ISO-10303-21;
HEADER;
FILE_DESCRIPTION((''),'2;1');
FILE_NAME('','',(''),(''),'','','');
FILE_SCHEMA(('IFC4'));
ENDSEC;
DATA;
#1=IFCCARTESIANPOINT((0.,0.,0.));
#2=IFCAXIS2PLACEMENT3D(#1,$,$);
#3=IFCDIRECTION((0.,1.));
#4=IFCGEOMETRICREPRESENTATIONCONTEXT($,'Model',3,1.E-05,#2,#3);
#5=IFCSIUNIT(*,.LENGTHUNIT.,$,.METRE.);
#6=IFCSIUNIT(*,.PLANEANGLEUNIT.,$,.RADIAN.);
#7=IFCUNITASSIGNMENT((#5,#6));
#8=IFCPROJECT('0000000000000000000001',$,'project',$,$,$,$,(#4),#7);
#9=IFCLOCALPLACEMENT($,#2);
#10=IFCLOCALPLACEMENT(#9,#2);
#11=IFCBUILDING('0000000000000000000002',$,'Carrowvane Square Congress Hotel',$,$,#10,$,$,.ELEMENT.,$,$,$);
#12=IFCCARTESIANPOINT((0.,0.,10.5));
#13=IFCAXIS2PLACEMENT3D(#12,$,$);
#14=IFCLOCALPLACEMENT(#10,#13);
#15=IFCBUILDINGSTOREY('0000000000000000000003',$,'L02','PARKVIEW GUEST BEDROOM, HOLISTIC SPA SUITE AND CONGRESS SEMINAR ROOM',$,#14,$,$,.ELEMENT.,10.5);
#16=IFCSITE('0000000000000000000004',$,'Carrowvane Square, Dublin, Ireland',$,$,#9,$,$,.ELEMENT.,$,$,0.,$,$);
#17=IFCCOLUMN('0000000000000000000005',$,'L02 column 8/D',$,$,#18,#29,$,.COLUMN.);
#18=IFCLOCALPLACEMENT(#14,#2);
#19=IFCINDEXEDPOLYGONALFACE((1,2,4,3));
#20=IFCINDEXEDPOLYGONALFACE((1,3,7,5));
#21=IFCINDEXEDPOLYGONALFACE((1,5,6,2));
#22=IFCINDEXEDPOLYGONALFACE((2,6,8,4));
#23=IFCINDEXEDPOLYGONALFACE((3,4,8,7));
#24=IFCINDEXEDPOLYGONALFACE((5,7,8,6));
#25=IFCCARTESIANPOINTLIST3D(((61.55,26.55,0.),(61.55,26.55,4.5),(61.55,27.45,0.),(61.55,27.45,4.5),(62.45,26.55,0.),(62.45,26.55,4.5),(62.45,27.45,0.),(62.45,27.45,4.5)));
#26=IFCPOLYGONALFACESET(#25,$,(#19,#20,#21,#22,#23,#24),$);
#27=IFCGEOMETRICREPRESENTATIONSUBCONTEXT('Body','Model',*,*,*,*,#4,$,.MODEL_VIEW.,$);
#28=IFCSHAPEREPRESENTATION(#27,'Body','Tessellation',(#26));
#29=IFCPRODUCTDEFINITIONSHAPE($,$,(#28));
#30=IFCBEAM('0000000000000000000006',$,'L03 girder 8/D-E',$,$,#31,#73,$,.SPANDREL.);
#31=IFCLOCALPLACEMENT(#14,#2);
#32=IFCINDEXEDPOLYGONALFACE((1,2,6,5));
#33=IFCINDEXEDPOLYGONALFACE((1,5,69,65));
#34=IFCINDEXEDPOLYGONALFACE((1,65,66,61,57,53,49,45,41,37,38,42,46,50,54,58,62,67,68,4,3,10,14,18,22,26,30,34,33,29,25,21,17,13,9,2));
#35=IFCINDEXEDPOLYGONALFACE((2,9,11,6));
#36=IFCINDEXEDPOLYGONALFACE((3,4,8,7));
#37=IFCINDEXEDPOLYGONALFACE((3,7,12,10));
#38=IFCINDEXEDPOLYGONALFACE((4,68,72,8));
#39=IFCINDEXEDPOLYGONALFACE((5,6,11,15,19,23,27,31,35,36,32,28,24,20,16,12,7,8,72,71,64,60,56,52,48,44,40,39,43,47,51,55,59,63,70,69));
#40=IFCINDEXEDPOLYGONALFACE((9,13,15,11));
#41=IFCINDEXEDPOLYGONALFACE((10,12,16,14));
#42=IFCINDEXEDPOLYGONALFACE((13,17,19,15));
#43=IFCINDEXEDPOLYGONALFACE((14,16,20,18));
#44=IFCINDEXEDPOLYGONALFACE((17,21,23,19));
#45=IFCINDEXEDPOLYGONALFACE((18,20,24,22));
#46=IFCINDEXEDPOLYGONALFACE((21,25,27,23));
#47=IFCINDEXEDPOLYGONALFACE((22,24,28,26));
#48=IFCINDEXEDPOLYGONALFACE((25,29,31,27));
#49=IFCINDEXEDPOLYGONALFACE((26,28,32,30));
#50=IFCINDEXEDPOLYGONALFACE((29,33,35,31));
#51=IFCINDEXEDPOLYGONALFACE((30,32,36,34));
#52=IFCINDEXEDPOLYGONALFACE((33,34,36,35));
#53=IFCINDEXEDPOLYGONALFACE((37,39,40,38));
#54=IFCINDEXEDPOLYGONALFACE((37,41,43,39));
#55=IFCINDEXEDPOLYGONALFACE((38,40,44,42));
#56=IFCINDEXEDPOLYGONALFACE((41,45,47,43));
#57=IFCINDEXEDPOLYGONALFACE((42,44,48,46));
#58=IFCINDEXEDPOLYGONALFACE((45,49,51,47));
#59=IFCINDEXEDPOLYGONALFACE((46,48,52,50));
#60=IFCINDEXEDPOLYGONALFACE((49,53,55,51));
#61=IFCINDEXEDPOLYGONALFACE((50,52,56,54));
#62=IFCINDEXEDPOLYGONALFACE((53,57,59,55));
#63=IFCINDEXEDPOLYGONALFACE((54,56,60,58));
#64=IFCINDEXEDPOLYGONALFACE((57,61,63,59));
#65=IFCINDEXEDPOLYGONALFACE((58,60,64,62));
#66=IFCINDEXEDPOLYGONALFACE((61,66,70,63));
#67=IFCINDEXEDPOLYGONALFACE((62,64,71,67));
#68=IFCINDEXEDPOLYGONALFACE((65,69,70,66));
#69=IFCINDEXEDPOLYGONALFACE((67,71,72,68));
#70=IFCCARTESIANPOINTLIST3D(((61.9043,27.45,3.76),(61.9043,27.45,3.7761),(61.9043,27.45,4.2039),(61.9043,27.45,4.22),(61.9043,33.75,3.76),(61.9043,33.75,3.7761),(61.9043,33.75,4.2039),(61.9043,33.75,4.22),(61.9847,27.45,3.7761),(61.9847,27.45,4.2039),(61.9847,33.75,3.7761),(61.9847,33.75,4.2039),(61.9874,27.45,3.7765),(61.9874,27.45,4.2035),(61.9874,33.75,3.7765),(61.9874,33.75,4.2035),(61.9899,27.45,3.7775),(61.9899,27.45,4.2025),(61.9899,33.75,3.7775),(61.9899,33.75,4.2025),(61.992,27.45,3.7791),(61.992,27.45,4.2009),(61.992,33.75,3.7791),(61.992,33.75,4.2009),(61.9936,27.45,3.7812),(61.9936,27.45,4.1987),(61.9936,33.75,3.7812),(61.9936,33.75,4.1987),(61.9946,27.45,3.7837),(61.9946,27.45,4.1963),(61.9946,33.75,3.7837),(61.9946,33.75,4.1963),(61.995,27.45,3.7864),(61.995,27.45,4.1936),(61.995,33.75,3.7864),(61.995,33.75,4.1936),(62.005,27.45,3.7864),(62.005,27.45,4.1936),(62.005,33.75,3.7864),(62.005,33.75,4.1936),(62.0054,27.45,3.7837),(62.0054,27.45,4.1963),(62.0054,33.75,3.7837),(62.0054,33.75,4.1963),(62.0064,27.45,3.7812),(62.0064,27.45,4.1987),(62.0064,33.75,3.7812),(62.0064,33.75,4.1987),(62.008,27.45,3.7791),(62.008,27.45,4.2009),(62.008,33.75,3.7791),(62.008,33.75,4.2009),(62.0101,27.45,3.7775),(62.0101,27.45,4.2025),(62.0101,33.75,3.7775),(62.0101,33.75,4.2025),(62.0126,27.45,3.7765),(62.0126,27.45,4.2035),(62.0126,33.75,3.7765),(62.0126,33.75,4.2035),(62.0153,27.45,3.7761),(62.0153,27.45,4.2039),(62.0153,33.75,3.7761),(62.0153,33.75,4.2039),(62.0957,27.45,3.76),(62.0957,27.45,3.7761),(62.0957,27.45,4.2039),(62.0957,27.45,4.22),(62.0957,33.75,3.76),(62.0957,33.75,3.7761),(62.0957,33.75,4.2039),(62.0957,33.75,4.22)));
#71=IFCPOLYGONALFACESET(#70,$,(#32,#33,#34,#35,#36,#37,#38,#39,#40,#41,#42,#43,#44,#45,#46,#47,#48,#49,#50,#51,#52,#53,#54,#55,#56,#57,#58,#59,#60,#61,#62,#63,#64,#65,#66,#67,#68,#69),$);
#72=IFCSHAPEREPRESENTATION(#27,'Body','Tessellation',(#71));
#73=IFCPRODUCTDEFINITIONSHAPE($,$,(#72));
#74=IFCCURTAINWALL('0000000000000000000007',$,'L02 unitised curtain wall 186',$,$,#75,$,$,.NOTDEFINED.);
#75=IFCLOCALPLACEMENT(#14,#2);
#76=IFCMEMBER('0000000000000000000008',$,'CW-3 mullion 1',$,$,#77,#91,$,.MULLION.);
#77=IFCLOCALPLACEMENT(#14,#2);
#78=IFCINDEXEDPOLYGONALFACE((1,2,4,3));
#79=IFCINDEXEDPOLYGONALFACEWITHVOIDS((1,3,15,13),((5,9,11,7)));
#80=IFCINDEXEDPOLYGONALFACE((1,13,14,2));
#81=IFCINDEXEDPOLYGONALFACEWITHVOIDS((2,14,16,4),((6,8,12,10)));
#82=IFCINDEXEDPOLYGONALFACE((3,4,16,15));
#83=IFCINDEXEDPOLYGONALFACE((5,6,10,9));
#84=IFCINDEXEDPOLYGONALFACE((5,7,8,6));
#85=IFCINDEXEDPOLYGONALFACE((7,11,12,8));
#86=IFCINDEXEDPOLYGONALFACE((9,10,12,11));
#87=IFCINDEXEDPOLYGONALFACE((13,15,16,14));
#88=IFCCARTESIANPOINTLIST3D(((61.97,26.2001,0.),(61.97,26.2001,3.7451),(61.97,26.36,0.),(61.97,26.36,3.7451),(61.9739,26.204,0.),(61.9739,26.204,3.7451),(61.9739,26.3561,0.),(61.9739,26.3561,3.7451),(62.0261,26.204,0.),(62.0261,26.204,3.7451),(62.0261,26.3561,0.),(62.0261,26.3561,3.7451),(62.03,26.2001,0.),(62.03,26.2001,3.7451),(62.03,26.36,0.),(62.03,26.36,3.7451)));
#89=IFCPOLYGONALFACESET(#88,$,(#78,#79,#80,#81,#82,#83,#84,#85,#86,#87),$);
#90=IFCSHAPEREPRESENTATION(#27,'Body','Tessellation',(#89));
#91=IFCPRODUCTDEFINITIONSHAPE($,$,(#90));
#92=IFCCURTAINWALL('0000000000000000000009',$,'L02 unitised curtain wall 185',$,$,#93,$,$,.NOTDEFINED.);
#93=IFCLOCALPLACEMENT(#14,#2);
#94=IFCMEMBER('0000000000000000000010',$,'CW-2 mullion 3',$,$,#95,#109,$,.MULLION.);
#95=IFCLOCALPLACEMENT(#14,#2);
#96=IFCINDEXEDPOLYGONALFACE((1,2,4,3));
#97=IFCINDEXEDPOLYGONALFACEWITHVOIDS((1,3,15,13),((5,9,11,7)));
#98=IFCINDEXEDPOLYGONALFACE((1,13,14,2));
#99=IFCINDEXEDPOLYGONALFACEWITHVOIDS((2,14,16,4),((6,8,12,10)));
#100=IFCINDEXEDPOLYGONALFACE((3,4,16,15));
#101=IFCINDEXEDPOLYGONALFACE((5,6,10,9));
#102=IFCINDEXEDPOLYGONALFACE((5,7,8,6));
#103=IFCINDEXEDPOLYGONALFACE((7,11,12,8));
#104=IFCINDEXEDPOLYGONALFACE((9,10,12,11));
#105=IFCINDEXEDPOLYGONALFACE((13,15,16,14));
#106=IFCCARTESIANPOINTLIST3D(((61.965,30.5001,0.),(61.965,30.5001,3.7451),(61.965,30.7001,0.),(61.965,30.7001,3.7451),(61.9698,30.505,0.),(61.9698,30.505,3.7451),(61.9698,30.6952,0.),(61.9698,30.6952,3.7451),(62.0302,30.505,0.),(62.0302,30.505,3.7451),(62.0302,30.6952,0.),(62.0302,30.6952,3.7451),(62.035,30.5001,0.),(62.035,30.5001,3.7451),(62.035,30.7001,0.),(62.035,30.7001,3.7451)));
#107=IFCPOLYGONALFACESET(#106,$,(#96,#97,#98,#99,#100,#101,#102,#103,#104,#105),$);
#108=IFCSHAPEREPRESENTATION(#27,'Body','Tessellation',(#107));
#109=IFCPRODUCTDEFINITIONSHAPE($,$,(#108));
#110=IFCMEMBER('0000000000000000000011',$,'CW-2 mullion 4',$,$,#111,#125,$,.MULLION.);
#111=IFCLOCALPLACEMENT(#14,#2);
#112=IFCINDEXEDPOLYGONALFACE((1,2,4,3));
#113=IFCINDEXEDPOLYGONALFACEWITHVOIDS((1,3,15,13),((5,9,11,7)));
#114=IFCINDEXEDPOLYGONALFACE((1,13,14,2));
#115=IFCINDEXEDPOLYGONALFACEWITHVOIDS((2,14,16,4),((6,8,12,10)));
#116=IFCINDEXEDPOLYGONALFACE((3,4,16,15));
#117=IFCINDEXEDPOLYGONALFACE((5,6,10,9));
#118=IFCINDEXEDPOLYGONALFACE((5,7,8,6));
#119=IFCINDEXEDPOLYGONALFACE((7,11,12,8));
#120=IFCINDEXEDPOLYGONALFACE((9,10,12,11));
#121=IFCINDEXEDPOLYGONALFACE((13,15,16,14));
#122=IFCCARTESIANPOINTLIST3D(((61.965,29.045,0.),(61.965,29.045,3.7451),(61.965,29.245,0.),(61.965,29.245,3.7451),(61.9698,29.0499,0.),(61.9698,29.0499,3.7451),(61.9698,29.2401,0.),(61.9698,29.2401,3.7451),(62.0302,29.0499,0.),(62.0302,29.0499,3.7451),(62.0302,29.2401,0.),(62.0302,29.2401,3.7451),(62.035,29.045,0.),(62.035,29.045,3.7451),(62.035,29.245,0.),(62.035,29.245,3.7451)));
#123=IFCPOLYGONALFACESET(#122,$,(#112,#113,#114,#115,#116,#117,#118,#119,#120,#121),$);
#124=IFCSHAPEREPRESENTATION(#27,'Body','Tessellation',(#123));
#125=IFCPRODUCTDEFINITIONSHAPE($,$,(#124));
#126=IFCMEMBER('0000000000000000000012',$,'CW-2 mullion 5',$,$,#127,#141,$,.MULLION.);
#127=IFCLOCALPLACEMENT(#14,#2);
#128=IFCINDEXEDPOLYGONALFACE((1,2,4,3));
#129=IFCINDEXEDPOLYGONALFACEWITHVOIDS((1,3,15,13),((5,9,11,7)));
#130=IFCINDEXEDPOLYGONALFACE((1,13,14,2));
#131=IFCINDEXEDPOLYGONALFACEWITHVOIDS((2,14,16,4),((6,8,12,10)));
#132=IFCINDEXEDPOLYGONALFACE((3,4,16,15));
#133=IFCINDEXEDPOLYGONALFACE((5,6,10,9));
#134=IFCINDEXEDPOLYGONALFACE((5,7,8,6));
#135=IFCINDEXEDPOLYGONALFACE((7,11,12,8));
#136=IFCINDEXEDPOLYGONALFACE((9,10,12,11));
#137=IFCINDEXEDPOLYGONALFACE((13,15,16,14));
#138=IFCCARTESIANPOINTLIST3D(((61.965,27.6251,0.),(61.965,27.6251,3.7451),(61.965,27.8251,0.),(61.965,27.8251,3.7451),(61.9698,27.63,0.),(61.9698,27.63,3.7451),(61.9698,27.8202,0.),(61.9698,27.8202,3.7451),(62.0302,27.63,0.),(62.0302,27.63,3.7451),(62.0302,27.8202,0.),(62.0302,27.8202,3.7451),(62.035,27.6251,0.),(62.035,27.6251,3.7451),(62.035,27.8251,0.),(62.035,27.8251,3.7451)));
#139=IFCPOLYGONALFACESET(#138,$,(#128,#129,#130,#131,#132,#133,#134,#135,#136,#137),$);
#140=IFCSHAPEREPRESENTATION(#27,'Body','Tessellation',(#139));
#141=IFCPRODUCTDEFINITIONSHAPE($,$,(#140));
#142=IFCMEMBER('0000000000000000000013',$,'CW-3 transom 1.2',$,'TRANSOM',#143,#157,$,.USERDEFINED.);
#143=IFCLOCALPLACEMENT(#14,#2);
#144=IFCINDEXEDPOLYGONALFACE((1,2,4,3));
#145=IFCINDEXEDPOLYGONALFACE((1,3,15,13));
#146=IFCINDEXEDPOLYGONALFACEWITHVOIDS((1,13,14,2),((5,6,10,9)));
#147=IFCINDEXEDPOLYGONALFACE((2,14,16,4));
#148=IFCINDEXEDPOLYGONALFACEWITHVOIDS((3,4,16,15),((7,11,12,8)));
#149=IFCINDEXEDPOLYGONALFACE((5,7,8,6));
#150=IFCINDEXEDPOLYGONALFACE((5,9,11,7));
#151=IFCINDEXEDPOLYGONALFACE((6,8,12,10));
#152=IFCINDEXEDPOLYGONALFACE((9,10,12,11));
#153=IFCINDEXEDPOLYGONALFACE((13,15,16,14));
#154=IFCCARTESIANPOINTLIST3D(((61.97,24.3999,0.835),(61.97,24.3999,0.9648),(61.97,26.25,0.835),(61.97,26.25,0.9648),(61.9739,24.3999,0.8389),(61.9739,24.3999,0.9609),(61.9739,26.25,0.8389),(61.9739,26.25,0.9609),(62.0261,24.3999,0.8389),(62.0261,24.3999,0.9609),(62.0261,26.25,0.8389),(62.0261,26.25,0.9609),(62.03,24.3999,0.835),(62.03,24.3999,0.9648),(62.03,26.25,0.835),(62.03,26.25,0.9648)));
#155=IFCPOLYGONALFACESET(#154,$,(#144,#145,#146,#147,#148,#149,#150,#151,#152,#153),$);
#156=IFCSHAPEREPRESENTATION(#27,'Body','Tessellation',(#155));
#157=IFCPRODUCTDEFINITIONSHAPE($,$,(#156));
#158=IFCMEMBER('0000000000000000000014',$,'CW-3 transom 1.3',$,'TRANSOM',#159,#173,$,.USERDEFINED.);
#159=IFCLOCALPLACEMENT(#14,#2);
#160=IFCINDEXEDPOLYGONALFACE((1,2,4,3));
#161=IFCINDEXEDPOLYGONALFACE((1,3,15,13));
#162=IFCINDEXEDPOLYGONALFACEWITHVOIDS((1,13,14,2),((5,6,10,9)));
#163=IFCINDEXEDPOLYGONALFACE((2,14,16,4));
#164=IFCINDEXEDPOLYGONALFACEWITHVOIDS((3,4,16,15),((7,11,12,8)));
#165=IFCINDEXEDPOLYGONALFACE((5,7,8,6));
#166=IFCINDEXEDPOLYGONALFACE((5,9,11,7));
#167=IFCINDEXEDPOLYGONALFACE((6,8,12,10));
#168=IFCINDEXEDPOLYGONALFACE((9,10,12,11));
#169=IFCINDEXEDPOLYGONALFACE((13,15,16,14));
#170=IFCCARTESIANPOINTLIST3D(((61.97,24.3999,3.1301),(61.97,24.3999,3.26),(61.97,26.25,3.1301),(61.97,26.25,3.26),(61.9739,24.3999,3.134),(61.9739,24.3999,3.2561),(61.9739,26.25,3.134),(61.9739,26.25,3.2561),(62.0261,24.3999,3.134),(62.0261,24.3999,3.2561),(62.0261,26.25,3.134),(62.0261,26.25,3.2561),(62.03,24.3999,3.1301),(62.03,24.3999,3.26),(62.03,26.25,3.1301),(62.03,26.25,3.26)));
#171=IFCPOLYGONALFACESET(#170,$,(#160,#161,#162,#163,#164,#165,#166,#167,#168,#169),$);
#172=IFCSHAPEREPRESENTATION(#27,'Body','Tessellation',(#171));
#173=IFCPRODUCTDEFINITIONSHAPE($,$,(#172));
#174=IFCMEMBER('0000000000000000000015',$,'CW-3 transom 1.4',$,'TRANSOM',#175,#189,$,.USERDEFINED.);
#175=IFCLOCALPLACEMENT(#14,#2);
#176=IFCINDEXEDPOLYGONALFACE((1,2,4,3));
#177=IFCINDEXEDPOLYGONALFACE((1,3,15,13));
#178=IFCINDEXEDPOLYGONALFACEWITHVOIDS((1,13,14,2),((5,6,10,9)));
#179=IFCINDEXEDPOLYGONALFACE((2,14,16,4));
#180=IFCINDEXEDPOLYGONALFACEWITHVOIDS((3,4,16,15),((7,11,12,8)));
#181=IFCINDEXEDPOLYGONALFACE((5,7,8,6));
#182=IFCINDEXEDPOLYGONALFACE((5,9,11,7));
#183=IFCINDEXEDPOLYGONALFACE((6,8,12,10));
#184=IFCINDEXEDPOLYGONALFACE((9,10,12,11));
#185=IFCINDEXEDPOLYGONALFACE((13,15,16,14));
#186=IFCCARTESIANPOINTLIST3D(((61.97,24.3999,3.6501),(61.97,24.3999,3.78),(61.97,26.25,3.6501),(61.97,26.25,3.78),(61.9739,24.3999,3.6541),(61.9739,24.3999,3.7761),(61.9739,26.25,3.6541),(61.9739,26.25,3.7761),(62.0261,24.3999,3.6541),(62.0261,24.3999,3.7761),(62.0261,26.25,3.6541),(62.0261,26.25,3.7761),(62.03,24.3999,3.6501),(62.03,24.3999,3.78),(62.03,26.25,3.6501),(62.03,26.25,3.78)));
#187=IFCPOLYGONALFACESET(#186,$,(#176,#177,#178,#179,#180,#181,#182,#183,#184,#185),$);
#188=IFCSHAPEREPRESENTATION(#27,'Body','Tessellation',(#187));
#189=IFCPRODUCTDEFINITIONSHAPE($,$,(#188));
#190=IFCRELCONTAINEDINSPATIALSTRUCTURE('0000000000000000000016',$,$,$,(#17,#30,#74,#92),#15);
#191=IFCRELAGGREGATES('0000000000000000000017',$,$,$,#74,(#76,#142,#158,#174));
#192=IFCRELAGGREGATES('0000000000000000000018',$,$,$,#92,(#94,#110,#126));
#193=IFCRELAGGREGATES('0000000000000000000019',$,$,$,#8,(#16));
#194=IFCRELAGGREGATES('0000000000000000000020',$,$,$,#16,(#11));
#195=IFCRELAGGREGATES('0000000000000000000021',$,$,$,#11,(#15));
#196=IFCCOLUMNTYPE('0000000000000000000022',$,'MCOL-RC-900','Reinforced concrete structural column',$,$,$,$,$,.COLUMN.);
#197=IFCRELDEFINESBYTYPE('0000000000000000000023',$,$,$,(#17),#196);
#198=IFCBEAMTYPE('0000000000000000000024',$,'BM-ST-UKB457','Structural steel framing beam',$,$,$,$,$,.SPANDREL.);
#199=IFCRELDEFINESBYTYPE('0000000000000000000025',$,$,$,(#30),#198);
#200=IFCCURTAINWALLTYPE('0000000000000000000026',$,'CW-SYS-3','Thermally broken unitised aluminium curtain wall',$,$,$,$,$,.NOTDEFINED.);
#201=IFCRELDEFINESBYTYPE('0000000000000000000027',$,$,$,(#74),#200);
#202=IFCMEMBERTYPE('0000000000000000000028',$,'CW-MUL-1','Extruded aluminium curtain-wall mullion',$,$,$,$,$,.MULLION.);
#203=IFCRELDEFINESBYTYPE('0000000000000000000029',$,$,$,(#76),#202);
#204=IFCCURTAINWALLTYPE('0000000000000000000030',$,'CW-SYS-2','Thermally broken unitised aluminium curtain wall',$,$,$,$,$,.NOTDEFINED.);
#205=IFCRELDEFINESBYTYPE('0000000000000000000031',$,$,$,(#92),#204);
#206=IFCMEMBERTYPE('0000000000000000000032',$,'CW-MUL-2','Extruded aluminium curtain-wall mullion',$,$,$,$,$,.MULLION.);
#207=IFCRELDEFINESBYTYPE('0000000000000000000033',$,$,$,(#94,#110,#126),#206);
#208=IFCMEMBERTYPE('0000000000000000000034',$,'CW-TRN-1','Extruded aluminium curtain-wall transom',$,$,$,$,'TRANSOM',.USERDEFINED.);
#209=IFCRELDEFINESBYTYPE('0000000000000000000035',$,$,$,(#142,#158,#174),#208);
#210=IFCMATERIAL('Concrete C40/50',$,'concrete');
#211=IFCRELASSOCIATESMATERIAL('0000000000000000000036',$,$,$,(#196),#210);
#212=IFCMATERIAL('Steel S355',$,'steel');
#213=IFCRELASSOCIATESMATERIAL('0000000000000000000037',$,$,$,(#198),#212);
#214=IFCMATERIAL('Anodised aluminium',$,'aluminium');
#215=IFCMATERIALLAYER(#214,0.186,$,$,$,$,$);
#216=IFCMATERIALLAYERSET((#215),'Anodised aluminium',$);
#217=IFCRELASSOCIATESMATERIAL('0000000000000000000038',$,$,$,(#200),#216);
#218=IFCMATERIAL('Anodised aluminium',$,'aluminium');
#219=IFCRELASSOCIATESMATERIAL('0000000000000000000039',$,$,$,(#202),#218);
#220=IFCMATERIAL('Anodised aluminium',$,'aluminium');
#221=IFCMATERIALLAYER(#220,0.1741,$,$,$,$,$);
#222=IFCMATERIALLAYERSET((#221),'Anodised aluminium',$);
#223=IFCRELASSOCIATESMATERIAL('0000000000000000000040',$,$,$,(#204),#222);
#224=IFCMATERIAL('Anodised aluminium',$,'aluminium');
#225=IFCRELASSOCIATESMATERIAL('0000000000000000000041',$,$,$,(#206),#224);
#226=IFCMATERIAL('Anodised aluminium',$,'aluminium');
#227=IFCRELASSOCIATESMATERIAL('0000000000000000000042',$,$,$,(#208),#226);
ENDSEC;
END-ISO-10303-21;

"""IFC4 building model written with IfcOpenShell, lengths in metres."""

from ifc_helpers import new_model, si_unit, direction, frame, origin, origin_2d, place, context, subcontext, project, spatial, rectangle, hollow_rectangle, i_section, extrude, material, layer, layer_set, material_profile, profile_set, type_object, element, aggregate, save


model = new_model("IFC4")

# Units and contexts
model_context = context("Model", 3, precision=1e-05, world=origin(), true_north=direction((0.0, 1.0)))
body_context = subcontext(model_context, "Body", "Model", "MODEL_VIEW")
ifc_project = project(units=[si_unit("LENGTHUNIT", "METRE"), si_unit("PLANEANGLEUNIT", "RADIAN")], contexts=[model_context])

# Site, building, storey
site_placement = place(None, origin())
site = spatial("IfcSite", under=ifc_project, at=site_placement, Name="Carrowvane Square, Dublin, Ireland", CompositionType="ELEMENT", RefElevation=0.0)
building_placement = place(site_placement, origin())
building = spatial("IfcBuilding", under=site, at=building_placement, Name="Carrowvane Square Congress Hotel", CompositionType="ELEMENT")
storey_placement = place(building_placement, frame((0.0, 0.0, 10.5)))
storey = spatial("IfcBuildingStorey", under=building, at=storey_placement, Name="L02", Description="PARKVIEW GUEST BEDROOM, HOLISTIC SPA SUITE AND CONGRESS SEMINAR ROOM", CompositionType="ELEMENT", Elevation=10.5)

# Column
ifc_material_1 = material(Name="Concrete C40/50", Category="concrete")
ifc_material_profile_1 = material_profile(ifc_material_1, rectangle(XDim=0.8999, YDim=0.8999, at=origin_2d()), Name="RC 900x900")
ifc_profile_set_1 = profile_set([ifc_material_profile_1], Name="Concrete C40/50")
column_type = type_object("IfcColumnType", Name="MCOL-RC-900", Description="Reinforced concrete structural column", PredefinedType="COLUMN", material=ifc_profile_set_1)
column_placement = place(storey_placement, frame((62.0, 27.0, 0.0), z_axis=(0.0, 0.0, 1.0), x_axis=(1.0, 0.0, 0.0)))
element("IfcColumn", 1, at=column_placement, inside=storey, type_object=column_type, Name="L02 column 8/D", PredefinedType="COLUMN", context=body_context, shape_type="SweptSolid", body=[
    extrude(rectangle(XDim=0.8999, YDim=0.8999, at=origin_2d()), origin(), (0.0, 0.0, 1.0), 4.5),
])

# Beam
ifc_material_2 = material(Name="Steel S355", Category="steel")
ifc_material_profile_2 = material_profile(ifc_material_2, i_section(OverallWidth=0.1914, OverallDepth=0.46, WebThickness=0.01, FlangeThickness=0.0161, FilletRadius=0.0103, at=origin_2d()), Name="UKB 457x191x82")
ifc_profile_set_2 = profile_set([ifc_material_profile_2], Name="Steel S355")
beam_type = type_object("IfcBeamType", Name="BM-ST-UKB457", Description="Structural steel framing beam", PredefinedType="SPANDREL", material=ifc_profile_set_2)
beam_placement = place(storey_placement, frame((62.0, 27.45, 3.99), z_axis=(0.0, 1.0, 0.0), x_axis=(-1.0, 0.0, 0.0)))
element("IfcBeam", 2, at=beam_placement, inside=storey, type_object=beam_type, Name="L03 girder 8/D-E", PredefinedType="SPANDREL", context=body_context, shape_type="SweptSolid", body=[
    extrude(i_section(OverallWidth=0.1914, OverallDepth=0.46, WebThickness=0.01, FlangeThickness=0.0161, FilletRadius=0.0103, at=origin_2d()), origin(), (0.0, 0.0, 1.0), 6.3),
])

# Curtain wall, member
ifc_material_3 = material(Name="Anodised aluminium", Category="aluminium")
ifc_layer_1 = layer(ifc_material_3, 0.186)
ifc_layer_set_1 = layer_set([ifc_layer_1], Name="Anodised aluminium")
curtain_wall_type_1 = type_object("IfcCurtainWallType", Name="CW-SYS-3", Description="Thermally broken unitised aluminium curtain wall", PredefinedType="NOTDEFINED", material=ifc_layer_set_1)
curtain_wall_1_placement = place(storey_placement, origin())
curtain_wall_1 = element("IfcCurtainWall", 3, at=curtain_wall_1_placement, inside=storey, type_object=curtain_wall_type_1, Name="L02 unitised curtain wall 186", PredefinedType="NOTDEFINED")
ifc_material_4 = material(Name="Anodised aluminium", Category="aluminium")
ifc_material_profile_3 = material_profile(ifc_material_4, hollow_rectangle(XDim=0.0601, YDim=0.1599, WallThickness=0.0039, at=origin_2d()), Name="CW-ML 60x160x4")
ifc_profile_set_3 = profile_set([ifc_material_profile_3], Name="Anodised aluminium")
member_type_1 = type_object("IfcMemberType", Name="CW-MUL-1", Description="Extruded aluminium curtain-wall mullion", PredefinedType="MULLION", material=ifc_profile_set_3)
member_1_placement = place(storey_placement, frame((62.0, 26.28, 0.0), z_axis=(0.0, 0.0, 1.0), x_axis=(1.0, 0.0, 0.0)))
member_1 = element("IfcMember", 4, at=member_1_placement, type_object=member_type_1, Name="CW-3 mullion 1", PredefinedType="MULLION", context=body_context, shape_type="SweptSolid", body=[
    extrude(hollow_rectangle(XDim=0.0601, YDim=0.1599, WallThickness=0.0039, at=origin_2d()), origin(), (0.0, 0.0, 1.0), 3.7451),
])

# Curtain wall, members
ifc_material_5 = material(Name="Anodised aluminium", Category="aluminium")
ifc_layer_2 = layer(ifc_material_5, 0.1741)
ifc_layer_set_2 = layer_set([ifc_layer_2], Name="Anodised aluminium")
curtain_wall_type_2 = type_object("IfcCurtainWallType", Name="CW-SYS-2", Description="Thermally broken unitised aluminium curtain wall", PredefinedType="NOTDEFINED", material=ifc_layer_set_2)
curtain_wall_2_placement = place(storey_placement, origin())
curtain_wall_2 = element("IfcCurtainWall", 5, at=curtain_wall_2_placement, inside=storey, type_object=curtain_wall_type_2, Name="L02 unitised curtain wall 185", PredefinedType="NOTDEFINED")
ifc_material_6 = material(Name="Anodised aluminium", Category="aluminium")
ifc_material_profile_4 = material_profile(ifc_material_6, hollow_rectangle(XDim=0.0701, YDim=0.2, WallThickness=0.0049, at=origin_2d()), Name="CW-ML 70x200x5")
ifc_profile_set_4 = profile_set([ifc_material_profile_4], Name="Anodised aluminium")
member_type_2 = type_object("IfcMemberType", Name="CW-MUL-2", Description="Extruded aluminium curtain-wall mullion", PredefinedType="MULLION", material=ifc_profile_set_4)
member_2_placement = place(storey_placement, frame((62.0, 30.6001, 0.0), z_axis=(0.0, 0.0, 1.0), x_axis=(1.0, 0.0, 0.0)))
member_2 = element("IfcMember", 6, at=member_2_placement, type_object=member_type_2, Name="CW-2 mullion 3", PredefinedType="MULLION", context=body_context, shape_type="SweptSolid", body=[
    extrude(hollow_rectangle(XDim=0.0701, YDim=0.2, WallThickness=0.0049, at=origin_2d()), origin(), (0.0, 0.0, 1.0), 3.7451),
])
member_3_placement = place(storey_placement, frame((62.0, 29.145, 0.0), z_axis=(0.0, 0.0, 1.0), x_axis=(1.0, 0.0, 0.0)))
member_3 = element("IfcMember", 7, at=member_3_placement, type_object=member_type_2, Name="CW-2 mullion 4", PredefinedType="MULLION", context=body_context, shape_type="SweptSolid", body=[
    extrude(hollow_rectangle(XDim=0.0701, YDim=0.2, WallThickness=0.0049, at=origin_2d()), origin(), (0.0, 0.0, 1.0), 3.7451),
])
member_4_placement = place(storey_placement, frame((62.0, 27.7251, 0.0), z_axis=(0.0, 0.0, 1.0), x_axis=(1.0, 0.0, 0.0)))
member_4 = element("IfcMember", 8, at=member_4_placement, type_object=member_type_2, Name="CW-2 mullion 5", PredefinedType="MULLION", context=body_context, shape_type="SweptSolid", body=[
    extrude(hollow_rectangle(XDim=0.0701, YDim=0.2, WallThickness=0.0049, at=origin_2d()), origin(), (0.0, 0.0, 1.0), 3.7451),
])

# Members
ifc_material_7 = material(Name="Anodised aluminium", Category="aluminium")
ifc_material_profile_5 = material_profile(ifc_material_7, hollow_rectangle(XDim=0.0601, YDim=0.1299, WallThickness=0.0039, at=origin_2d()), Name="CW-TR 60x130x4")
ifc_profile_set_5 = profile_set([ifc_material_profile_5], Name="Anodised aluminium")
member_type_3 = type_object("IfcMemberType", Name="CW-TRN-1", Description="Extruded aluminium curtain-wall transom", ElementType="TRANSOM", PredefinedType="USERDEFINED", material=ifc_profile_set_5)
member_5_placement = place(storey_placement, frame((62.0, 26.25, 0.8999), z_axis=(0.0, -1.0, 0.0), x_axis=(1.0, 0.0, 0.0)))
member_5 = element("IfcMember", 9, at=member_5_placement, type_object=member_type_3, Name="CW-3 transom 1.2", ObjectType="TRANSOM", PredefinedType="USERDEFINED", context=body_context, shape_type="SweptSolid", body=[
    extrude(hollow_rectangle(XDim=0.0601, YDim=0.1299, WallThickness=0.0039, at=origin_2d()), origin(), (0.0, 0.0, 1.0), 1.8501),
])
member_6_placement = place(storey_placement, frame((62.0, 26.25, 3.1951), z_axis=(0.0, -1.0, 0.0), x_axis=(1.0, 0.0, 0.0)))
member_6 = element("IfcMember", 10, at=member_6_placement, type_object=member_type_3, Name="CW-3 transom 1.3", ObjectType="TRANSOM", PredefinedType="USERDEFINED", context=body_context, shape_type="SweptSolid", body=[
    extrude(hollow_rectangle(XDim=0.0601, YDim=0.1299, WallThickness=0.0039, at=origin_2d()), origin(), (0.0, 0.0, 1.0), 1.8501),
])
member_7_placement = place(storey_placement, frame((62.0, 26.25, 3.7151), z_axis=(0.0, -1.0, 0.0), x_axis=(1.0, 0.0, 0.0)))
member_7 = element("IfcMember", 11, at=member_7_placement, type_object=member_type_3, Name="CW-3 transom 1.4", ObjectType="TRANSOM", PredefinedType="USERDEFINED", context=body_context, shape_type="SweptSolid", body=[
    extrude(hollow_rectangle(XDim=0.0601, YDim=0.1299, WallThickness=0.0039, at=origin_2d()), origin(), (0.0, 0.0, 1.0), 1.8501),
])
aggregate(curtain_wall_1, [member_1, member_5, member_6, member_7])

aggregate(curtain_wall_2, [member_2, member_3, member_4])

save(model, "model.ifc")
